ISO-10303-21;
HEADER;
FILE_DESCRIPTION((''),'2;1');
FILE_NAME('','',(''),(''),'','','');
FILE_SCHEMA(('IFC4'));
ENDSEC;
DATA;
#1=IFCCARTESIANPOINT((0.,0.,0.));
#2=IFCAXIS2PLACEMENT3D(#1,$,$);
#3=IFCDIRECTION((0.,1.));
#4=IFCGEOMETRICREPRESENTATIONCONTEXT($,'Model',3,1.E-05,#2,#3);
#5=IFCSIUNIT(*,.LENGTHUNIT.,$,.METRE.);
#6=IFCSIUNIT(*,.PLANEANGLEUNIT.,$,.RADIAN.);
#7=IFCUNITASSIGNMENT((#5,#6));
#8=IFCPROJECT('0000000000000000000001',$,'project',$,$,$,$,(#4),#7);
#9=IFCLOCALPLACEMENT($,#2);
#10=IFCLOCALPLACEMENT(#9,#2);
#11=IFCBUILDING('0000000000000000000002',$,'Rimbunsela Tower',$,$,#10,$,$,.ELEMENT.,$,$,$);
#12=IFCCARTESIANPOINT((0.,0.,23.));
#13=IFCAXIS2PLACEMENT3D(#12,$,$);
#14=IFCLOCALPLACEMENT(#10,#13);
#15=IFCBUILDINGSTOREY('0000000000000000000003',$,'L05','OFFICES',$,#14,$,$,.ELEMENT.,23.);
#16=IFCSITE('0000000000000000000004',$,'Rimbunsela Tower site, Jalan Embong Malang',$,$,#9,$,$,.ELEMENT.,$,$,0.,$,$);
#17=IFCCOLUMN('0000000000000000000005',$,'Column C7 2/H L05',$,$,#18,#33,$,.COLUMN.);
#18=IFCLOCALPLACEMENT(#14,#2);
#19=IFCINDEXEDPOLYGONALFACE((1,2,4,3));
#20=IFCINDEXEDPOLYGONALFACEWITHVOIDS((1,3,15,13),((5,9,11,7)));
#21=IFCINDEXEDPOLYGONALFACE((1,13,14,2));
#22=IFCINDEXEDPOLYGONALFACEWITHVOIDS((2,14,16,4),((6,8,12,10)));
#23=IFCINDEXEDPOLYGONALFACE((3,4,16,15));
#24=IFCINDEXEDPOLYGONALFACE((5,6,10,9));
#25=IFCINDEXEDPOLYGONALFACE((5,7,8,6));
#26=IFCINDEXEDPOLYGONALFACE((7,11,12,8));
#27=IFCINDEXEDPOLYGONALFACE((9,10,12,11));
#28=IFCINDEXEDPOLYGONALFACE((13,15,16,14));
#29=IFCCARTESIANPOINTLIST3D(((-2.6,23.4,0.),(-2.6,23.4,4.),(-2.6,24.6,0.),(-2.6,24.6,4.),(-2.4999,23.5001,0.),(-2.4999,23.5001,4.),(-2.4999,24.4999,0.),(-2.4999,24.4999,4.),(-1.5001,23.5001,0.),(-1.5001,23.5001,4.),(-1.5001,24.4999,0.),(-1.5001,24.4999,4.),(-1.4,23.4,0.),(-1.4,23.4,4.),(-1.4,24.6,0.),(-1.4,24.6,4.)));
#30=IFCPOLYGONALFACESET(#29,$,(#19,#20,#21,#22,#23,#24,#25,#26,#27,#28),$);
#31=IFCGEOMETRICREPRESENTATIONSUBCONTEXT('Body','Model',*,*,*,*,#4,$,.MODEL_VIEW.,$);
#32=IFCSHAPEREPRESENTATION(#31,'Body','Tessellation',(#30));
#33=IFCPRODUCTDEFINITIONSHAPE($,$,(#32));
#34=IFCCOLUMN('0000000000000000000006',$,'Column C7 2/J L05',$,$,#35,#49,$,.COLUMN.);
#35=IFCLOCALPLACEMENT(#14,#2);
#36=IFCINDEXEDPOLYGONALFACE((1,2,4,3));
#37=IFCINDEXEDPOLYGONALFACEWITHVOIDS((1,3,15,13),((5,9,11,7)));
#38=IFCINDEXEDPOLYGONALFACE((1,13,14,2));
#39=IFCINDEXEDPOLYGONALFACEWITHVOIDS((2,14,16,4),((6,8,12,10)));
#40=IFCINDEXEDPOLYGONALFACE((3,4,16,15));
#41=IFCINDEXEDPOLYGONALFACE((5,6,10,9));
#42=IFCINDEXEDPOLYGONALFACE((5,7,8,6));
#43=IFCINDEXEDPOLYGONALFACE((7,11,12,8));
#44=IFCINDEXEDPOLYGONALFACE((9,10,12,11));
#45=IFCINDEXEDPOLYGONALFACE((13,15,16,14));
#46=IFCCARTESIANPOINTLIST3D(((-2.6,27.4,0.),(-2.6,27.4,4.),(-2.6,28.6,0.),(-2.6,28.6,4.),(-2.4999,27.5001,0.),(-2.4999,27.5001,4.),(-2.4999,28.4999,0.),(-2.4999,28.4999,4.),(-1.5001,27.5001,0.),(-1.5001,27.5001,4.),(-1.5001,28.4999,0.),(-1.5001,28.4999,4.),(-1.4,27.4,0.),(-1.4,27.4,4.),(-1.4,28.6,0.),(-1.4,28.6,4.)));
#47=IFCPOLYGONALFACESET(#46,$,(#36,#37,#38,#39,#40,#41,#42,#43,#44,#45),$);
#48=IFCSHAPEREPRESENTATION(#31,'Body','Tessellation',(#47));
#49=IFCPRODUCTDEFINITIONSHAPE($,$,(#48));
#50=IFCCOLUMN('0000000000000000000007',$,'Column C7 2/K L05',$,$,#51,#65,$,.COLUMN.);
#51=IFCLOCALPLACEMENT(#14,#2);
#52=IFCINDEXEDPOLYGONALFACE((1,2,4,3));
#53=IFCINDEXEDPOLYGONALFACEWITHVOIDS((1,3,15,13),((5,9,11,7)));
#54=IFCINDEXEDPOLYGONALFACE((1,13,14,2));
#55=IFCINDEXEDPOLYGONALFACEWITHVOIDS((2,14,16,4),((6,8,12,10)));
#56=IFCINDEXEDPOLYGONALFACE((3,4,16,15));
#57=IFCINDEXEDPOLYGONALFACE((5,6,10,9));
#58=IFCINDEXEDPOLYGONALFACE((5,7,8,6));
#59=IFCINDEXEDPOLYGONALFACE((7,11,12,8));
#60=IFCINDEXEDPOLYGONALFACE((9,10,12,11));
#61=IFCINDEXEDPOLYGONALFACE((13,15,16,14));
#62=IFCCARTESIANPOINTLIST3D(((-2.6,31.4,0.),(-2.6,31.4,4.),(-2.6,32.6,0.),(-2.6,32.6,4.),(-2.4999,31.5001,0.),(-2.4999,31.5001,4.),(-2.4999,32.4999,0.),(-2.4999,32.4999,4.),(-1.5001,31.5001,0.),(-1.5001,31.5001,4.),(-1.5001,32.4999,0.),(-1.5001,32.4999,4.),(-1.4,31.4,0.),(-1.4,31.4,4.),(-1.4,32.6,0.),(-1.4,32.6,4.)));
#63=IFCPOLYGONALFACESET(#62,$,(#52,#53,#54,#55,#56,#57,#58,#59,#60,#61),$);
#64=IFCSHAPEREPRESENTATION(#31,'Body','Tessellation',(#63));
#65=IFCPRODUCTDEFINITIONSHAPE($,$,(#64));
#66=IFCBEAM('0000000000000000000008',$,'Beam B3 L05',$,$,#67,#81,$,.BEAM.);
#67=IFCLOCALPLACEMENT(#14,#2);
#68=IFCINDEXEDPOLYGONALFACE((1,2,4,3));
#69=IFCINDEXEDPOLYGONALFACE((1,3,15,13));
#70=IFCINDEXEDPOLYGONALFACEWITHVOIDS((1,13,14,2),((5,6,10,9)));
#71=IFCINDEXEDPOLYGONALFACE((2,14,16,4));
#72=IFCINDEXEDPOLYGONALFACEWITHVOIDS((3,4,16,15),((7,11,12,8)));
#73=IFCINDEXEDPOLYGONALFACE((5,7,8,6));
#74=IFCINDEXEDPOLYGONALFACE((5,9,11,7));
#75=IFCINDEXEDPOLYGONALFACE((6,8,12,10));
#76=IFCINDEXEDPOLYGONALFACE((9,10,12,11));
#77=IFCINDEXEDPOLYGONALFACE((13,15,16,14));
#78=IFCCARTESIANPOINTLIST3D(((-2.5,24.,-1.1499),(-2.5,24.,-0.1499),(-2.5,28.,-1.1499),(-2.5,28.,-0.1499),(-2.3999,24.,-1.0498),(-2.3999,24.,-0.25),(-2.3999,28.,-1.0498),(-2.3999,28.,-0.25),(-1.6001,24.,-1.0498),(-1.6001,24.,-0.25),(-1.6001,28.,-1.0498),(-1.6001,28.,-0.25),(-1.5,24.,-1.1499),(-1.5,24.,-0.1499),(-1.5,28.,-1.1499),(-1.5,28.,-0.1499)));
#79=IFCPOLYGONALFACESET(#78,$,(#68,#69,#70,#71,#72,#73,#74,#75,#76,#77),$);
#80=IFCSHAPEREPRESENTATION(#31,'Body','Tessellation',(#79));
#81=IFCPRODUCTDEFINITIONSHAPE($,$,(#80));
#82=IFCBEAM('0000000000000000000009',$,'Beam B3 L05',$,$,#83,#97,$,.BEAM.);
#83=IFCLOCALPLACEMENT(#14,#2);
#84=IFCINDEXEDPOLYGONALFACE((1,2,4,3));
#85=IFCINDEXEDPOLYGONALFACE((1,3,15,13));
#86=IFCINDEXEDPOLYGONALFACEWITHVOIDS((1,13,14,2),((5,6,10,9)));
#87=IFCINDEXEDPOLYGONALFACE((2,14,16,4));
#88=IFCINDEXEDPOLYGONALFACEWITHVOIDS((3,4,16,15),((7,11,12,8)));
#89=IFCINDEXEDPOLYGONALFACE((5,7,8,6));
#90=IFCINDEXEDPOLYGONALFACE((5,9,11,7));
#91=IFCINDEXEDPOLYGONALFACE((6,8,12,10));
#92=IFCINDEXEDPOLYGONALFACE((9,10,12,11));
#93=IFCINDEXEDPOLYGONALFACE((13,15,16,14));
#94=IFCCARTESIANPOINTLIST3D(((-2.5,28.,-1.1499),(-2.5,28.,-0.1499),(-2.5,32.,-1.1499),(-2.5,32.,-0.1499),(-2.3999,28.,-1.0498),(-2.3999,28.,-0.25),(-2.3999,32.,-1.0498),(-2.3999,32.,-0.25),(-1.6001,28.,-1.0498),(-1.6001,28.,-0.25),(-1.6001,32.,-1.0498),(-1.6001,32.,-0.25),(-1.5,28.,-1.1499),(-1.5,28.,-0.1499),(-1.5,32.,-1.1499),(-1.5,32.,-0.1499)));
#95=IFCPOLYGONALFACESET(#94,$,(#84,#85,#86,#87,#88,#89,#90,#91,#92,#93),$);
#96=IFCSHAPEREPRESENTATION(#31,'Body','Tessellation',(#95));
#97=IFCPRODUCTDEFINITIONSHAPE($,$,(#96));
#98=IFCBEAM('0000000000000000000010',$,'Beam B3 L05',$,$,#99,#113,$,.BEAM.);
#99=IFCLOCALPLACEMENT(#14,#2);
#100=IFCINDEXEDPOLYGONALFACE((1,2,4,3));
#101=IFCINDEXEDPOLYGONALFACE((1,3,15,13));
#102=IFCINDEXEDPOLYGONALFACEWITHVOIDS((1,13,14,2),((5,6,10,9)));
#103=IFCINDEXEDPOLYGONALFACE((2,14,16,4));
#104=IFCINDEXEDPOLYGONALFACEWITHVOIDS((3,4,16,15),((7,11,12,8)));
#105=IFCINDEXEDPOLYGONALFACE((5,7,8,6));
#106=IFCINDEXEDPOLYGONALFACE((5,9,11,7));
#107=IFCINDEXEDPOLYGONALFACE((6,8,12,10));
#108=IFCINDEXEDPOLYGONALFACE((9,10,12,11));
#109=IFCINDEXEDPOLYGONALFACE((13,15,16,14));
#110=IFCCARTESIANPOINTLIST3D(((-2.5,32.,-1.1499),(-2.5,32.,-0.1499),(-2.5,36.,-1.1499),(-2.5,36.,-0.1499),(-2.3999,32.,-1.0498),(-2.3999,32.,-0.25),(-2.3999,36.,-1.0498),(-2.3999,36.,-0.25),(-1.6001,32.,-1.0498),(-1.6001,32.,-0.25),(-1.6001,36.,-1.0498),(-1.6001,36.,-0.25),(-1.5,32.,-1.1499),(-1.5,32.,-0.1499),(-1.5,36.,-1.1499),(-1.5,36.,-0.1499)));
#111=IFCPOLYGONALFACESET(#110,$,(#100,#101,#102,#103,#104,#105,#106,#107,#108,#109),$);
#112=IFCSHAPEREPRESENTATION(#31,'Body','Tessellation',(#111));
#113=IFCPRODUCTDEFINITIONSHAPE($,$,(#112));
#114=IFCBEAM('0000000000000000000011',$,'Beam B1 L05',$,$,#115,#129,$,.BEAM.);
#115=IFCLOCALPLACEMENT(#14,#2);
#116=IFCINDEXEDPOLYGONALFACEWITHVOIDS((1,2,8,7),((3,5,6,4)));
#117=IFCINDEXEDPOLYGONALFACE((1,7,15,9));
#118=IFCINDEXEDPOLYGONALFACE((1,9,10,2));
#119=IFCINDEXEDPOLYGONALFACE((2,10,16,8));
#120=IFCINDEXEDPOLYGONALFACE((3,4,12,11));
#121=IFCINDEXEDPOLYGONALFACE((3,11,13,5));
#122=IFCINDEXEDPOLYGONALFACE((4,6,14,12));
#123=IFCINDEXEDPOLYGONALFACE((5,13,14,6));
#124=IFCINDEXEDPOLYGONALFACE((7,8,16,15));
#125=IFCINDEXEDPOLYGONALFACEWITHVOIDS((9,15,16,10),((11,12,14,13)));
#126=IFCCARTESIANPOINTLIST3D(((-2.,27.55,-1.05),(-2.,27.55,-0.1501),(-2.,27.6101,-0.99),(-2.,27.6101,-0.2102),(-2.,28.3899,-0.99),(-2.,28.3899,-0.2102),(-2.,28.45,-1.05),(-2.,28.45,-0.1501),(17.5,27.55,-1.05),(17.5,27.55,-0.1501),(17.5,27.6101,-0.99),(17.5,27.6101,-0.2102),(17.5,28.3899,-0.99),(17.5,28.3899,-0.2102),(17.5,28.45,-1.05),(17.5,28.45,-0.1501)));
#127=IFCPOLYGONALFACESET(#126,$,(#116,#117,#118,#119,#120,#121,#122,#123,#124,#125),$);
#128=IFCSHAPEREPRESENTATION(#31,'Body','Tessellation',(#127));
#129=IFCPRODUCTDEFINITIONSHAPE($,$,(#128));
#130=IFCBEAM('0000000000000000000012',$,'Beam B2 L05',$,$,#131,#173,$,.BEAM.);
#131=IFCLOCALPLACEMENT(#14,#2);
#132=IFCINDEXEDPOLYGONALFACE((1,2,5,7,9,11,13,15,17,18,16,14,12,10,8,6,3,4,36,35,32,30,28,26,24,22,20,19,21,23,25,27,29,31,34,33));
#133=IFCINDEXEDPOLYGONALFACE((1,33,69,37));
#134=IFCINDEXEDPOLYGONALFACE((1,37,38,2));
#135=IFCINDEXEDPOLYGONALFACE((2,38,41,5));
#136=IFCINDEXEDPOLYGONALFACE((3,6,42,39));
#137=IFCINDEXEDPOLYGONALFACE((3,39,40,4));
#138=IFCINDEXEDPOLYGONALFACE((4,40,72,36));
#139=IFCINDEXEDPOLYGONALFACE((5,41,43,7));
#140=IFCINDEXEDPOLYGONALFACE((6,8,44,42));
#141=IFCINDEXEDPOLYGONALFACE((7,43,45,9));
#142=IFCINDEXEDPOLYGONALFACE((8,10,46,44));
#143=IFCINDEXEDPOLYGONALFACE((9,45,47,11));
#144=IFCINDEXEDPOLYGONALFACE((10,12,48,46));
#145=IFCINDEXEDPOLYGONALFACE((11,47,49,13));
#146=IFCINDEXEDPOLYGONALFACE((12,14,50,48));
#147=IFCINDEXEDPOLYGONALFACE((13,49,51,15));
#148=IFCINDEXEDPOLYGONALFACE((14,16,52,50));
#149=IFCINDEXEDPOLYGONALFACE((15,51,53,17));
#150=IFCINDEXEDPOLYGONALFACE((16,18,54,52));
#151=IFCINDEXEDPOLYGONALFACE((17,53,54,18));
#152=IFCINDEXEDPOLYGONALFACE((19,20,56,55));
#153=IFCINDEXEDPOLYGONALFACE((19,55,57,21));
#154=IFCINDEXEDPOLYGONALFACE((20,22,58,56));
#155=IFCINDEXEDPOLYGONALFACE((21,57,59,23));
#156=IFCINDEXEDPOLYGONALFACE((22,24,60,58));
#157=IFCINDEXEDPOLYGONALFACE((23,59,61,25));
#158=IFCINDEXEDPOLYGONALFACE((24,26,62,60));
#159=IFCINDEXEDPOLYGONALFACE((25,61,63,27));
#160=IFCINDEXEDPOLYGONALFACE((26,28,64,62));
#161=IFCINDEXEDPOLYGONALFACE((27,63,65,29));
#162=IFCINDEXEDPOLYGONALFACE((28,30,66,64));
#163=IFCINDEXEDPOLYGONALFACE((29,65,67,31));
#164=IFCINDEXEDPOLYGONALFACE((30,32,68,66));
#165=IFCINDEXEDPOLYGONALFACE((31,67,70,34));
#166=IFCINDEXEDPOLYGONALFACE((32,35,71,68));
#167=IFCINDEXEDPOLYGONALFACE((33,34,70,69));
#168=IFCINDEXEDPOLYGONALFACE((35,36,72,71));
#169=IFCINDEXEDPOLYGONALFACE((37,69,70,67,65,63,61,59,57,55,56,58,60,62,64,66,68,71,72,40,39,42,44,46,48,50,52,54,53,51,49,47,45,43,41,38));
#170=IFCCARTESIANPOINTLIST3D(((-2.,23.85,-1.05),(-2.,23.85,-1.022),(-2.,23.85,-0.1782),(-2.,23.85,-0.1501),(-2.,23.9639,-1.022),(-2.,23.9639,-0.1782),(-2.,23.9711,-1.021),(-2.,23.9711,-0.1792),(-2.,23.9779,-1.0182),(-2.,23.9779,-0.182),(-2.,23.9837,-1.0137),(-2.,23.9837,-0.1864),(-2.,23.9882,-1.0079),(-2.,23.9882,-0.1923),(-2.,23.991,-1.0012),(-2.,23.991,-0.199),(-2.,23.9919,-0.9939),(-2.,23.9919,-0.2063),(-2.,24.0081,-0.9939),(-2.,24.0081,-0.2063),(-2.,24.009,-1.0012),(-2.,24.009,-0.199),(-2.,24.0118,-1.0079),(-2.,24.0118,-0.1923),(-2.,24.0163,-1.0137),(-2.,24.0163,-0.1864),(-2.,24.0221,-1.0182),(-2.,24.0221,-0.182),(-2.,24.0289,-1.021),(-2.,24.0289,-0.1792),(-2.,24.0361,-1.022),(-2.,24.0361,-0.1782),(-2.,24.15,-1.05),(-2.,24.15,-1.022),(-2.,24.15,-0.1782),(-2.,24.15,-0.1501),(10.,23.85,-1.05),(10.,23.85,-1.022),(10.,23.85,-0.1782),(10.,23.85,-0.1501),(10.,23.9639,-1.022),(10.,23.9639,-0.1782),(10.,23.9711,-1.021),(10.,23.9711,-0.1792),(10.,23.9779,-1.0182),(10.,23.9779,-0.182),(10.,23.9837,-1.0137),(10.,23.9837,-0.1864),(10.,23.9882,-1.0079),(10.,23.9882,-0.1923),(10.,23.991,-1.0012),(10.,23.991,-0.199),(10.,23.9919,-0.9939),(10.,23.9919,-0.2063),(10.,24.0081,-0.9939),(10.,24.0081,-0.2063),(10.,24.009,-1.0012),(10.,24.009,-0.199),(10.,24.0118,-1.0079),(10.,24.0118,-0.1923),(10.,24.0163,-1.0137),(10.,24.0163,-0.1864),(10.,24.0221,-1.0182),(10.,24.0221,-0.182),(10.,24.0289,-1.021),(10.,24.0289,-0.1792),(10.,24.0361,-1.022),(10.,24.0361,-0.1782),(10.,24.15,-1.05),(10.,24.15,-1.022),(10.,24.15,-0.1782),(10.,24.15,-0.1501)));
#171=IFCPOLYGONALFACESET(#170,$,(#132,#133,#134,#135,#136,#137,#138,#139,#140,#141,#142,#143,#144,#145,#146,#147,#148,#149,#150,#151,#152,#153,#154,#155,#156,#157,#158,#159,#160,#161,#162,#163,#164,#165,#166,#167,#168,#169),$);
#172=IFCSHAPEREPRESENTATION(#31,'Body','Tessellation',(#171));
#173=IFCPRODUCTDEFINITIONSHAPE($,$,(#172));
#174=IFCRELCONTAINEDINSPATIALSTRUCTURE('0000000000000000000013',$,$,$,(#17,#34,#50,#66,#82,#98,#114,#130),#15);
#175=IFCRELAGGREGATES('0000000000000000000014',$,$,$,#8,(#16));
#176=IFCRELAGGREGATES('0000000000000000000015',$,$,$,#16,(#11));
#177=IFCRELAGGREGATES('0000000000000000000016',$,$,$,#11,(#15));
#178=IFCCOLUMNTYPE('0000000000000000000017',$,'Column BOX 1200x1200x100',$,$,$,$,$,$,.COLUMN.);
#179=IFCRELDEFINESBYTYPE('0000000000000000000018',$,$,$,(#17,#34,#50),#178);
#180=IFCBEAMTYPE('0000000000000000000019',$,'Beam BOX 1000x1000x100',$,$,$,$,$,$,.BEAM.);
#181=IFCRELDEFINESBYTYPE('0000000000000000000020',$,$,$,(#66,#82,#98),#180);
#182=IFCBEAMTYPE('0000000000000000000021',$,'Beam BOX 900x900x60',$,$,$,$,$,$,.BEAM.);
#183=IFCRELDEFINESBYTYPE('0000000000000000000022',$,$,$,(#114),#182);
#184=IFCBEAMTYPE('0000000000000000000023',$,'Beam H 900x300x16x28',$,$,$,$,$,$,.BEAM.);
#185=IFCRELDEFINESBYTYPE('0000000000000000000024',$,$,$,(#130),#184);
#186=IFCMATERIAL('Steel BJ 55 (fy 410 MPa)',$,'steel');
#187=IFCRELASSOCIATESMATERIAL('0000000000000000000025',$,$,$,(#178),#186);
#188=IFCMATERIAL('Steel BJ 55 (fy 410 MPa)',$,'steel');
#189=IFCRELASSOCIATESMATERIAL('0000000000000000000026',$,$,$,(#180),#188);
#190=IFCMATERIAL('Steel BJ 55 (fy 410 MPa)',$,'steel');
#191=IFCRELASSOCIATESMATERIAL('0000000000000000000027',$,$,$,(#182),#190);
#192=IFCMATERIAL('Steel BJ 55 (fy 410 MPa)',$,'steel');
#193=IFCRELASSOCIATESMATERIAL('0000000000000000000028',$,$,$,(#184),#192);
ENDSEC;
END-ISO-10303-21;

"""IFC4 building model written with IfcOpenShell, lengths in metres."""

from ifc_helpers import new_model, si_unit, direction, frame, origin, origin_2d, place, context, subcontext, project, spatial, hollow_rectangle, i_section, extrude, material, material_profile, profile_set, type_object, element, save


model = new_model("IFC4")

# Units and contexts
model_context = context("Model", 3, precision=1e-05, world=origin(), true_north=direction((0.0, 1.0)))
body_context = subcontext(model_context, "Body", "Model", "MODEL_VIEW")
ifc_project = project(units=[si_unit("LENGTHUNIT", "METRE"), si_unit("PLANEANGLEUNIT", "RADIAN")], contexts=[model_context])

# Site, building, storey
site_placement = place(None, origin())
site = spatial("IfcSite", under=ifc_project, at=site_placement, Name="Rimbunsela Tower site, Jalan Embong Malang", CompositionType="ELEMENT", RefElevation=0.0)
building_placement = place(site_placement, origin())
building = spatial("IfcBuilding", under=site, at=building_placement, Name="Rimbunsela Tower", CompositionType="ELEMENT")
storey_placement = place(building_placement, frame((0.0, 0.0, 23.0)))
storey = spatial("IfcBuildingStorey", under=building, at=storey_placement, Name="L05", Description="OFFICES", CompositionType="ELEMENT", Elevation=23.0)

# Columns
ifc_material_1 = material(Name="Steel BJ 55 (fy 410 MPa)", Category="steel")
ifc_material_profile_1 = material_profile(ifc_material_1, hollow_rectangle(XDim=1.2, YDim=1.2, WallThickness=0.1001, at=origin_2d()), Name="BOX 1200x1200x100")
ifc_profile_set_1 = profile_set([ifc_material_profile_1], Name="Steel BJ 55 (fy 410 MPa)")
column_type = type_object("IfcColumnType", Name="Column BOX 1200x1200x100", PredefinedType="COLUMN", material=ifc_profile_set_1)
for number, where, z_axis, x_axis, name in (
    (1, (-2.0, 24.0, 0.0), (0.0, 0.0, 1.0), (1.0, 0.0, 0.0), "Column C7 2/H L05"),
    (2, (-2.0, 28.0, 0.0), (0.0, 0.0, 1.0), (1.0, 0.0, 0.0), "Column C7 2/J L05"),
    (3, (-2.0, 32.0, 0.0), (0.0, 0.0, 1.0), (1.0, 0.0, 0.0), "Column C7 2/K L05"),
):
    element("IfcColumn", number, at=place(storey_placement, frame(where, z_axis=z_axis, x_axis=x_axis)), inside=storey, type_object=column_type, Name=name, PredefinedType="COLUMN", context=body_context, shape_type="SweptSolid", body=[
        extrude(hollow_rectangle(XDim=1.2, YDim=1.2, WallThickness=0.1001, at=origin_2d()), origin(), (0.0, 0.0, 1.0), 4.0),
    ])

# Beams
ifc_material_2 = material(Name="Steel BJ 55 (fy 410 MPa)", Category="steel")
ifc_material_profile_2 = material_profile(ifc_material_2, hollow_rectangle(XDim=1.0, YDim=1.0, WallThickness=0.1001, at=origin_2d()), Name="BOX 1000x1000x100")
ifc_profile_set_2 = profile_set([ifc_material_profile_2], Name="Steel BJ 55 (fy 410 MPa)")
beam_type_1 = type_object("IfcBeamType", Name="Beam BOX 1000x1000x100", PredefinedType="BEAM", material=ifc_profile_set_2)
for number, where, z_axis, x_axis, name in (
    (4, (-2.0, 24.0, -0.6499), (0.0, 1.0, 0.0), (-1.0, 0.0, 0.0), "Beam B3 L05"),
    (5, (-2.0, 28.0, -0.6499), (0.0, 1.0, 0.0), (-1.0, 0.0, 0.0), "Beam B3 L05"),
    (6, (-2.0, 32.0, -0.6499), (0.0, 1.0, 0.0), (-1.0, 0.0, 0.0), "Beam B3 L05"),
):
    element("IfcBeam", number, at=place(storey_placement, frame(where, z_axis=z_axis, x_axis=x_axis)), inside=storey, type_object=beam_type_1, Name=name, PredefinedType="BEAM", context=body_context, shape_type="SweptSolid", body=[
        extrude(hollow_rectangle(XDim=1.0, YDim=1.0, WallThickness=0.1001, at=origin_2d()), origin(), (0.0, 0.0, 1.0), 4.0),
    ])
ifc_material_3 = material(Name="Steel BJ 55 (fy 410 MPa)", Category="steel")
ifc_material_profile_3 = material_profile(ifc_material_3, hollow_rectangle(XDim=0.8999, YDim=0.8999, WallThickness=0.0601, at=origin_2d()), Name="BOX 900x900x60")
ifc_profile_set_3 = profile_set([ifc_material_profile_3], Name="Steel BJ 55 (fy 410 MPa)")
beam_type_2 = type_object("IfcBeamType", Name="Beam BOX 900x900x60", PredefinedType="BEAM", material=ifc_profile_set_3)
beam_placement = place(storey_placement, frame((-2.0, 28.0, -0.6001), z_axis=(1.0, 0.0, 0.0), x_axis=(0.0, 1.0, 0.0)))
element("IfcBeam", 7, at=beam_placement, inside=storey, type_object=beam_type_2, Name="Beam B1 L05", PredefinedType="BEAM", context=body_context, shape_type="SweptSolid", body=[
    extrude(hollow_rectangle(XDim=0.8999, YDim=0.8999, WallThickness=0.0601, at=origin_2d()), origin(), (0.0, 0.0, 1.0), 19.5),
])
ifc_material_4 = material(Name="Steel BJ 55 (fy 410 MPa)", Category="steel")
ifc_material_profile_4 = material_profile(ifc_material_4, i_section(OverallWidth=0.3, OverallDepth=0.8999, WebThickness=0.0161, FlangeThickness=0.0281, FilletRadius=0.0281, at=origin_2d()), Name="H 900x300x16x28")
ifc_profile_set_4 = profile_set([ifc_material_profile_4], Name="Steel BJ 55 (fy 410 MPa)")
beam_type_3 = type_object("IfcBeamType", Name="Beam H 900x300x16x28", PredefinedType="BEAM", material=ifc_profile_set_4)
for number, where, z_axis, x_axis, name in (
    (8, (-2.0, 24.0, -0.6001), (1.0, 0.0, 0.0), (0.0, 1.0, 0.0), "Beam B2 L05"),
):
    element("IfcBeam", number, at=place(storey_placement, frame(where, z_axis=z_axis, x_axis=x_axis)), inside=storey, type_object=beam_type_3, Name=name, PredefinedType="BEAM", context=body_context, shape_type="SweptSolid", body=[
        extrude(i_section(OverallWidth=0.3, OverallDepth=0.8999, WebThickness=0.0161, FlangeThickness=0.0281, FilletRadius=0.0281, at=origin_2d()), origin(), (0.0, 0.0, 1.0), 12.0),
    ])

save(model, "model.ifc")
